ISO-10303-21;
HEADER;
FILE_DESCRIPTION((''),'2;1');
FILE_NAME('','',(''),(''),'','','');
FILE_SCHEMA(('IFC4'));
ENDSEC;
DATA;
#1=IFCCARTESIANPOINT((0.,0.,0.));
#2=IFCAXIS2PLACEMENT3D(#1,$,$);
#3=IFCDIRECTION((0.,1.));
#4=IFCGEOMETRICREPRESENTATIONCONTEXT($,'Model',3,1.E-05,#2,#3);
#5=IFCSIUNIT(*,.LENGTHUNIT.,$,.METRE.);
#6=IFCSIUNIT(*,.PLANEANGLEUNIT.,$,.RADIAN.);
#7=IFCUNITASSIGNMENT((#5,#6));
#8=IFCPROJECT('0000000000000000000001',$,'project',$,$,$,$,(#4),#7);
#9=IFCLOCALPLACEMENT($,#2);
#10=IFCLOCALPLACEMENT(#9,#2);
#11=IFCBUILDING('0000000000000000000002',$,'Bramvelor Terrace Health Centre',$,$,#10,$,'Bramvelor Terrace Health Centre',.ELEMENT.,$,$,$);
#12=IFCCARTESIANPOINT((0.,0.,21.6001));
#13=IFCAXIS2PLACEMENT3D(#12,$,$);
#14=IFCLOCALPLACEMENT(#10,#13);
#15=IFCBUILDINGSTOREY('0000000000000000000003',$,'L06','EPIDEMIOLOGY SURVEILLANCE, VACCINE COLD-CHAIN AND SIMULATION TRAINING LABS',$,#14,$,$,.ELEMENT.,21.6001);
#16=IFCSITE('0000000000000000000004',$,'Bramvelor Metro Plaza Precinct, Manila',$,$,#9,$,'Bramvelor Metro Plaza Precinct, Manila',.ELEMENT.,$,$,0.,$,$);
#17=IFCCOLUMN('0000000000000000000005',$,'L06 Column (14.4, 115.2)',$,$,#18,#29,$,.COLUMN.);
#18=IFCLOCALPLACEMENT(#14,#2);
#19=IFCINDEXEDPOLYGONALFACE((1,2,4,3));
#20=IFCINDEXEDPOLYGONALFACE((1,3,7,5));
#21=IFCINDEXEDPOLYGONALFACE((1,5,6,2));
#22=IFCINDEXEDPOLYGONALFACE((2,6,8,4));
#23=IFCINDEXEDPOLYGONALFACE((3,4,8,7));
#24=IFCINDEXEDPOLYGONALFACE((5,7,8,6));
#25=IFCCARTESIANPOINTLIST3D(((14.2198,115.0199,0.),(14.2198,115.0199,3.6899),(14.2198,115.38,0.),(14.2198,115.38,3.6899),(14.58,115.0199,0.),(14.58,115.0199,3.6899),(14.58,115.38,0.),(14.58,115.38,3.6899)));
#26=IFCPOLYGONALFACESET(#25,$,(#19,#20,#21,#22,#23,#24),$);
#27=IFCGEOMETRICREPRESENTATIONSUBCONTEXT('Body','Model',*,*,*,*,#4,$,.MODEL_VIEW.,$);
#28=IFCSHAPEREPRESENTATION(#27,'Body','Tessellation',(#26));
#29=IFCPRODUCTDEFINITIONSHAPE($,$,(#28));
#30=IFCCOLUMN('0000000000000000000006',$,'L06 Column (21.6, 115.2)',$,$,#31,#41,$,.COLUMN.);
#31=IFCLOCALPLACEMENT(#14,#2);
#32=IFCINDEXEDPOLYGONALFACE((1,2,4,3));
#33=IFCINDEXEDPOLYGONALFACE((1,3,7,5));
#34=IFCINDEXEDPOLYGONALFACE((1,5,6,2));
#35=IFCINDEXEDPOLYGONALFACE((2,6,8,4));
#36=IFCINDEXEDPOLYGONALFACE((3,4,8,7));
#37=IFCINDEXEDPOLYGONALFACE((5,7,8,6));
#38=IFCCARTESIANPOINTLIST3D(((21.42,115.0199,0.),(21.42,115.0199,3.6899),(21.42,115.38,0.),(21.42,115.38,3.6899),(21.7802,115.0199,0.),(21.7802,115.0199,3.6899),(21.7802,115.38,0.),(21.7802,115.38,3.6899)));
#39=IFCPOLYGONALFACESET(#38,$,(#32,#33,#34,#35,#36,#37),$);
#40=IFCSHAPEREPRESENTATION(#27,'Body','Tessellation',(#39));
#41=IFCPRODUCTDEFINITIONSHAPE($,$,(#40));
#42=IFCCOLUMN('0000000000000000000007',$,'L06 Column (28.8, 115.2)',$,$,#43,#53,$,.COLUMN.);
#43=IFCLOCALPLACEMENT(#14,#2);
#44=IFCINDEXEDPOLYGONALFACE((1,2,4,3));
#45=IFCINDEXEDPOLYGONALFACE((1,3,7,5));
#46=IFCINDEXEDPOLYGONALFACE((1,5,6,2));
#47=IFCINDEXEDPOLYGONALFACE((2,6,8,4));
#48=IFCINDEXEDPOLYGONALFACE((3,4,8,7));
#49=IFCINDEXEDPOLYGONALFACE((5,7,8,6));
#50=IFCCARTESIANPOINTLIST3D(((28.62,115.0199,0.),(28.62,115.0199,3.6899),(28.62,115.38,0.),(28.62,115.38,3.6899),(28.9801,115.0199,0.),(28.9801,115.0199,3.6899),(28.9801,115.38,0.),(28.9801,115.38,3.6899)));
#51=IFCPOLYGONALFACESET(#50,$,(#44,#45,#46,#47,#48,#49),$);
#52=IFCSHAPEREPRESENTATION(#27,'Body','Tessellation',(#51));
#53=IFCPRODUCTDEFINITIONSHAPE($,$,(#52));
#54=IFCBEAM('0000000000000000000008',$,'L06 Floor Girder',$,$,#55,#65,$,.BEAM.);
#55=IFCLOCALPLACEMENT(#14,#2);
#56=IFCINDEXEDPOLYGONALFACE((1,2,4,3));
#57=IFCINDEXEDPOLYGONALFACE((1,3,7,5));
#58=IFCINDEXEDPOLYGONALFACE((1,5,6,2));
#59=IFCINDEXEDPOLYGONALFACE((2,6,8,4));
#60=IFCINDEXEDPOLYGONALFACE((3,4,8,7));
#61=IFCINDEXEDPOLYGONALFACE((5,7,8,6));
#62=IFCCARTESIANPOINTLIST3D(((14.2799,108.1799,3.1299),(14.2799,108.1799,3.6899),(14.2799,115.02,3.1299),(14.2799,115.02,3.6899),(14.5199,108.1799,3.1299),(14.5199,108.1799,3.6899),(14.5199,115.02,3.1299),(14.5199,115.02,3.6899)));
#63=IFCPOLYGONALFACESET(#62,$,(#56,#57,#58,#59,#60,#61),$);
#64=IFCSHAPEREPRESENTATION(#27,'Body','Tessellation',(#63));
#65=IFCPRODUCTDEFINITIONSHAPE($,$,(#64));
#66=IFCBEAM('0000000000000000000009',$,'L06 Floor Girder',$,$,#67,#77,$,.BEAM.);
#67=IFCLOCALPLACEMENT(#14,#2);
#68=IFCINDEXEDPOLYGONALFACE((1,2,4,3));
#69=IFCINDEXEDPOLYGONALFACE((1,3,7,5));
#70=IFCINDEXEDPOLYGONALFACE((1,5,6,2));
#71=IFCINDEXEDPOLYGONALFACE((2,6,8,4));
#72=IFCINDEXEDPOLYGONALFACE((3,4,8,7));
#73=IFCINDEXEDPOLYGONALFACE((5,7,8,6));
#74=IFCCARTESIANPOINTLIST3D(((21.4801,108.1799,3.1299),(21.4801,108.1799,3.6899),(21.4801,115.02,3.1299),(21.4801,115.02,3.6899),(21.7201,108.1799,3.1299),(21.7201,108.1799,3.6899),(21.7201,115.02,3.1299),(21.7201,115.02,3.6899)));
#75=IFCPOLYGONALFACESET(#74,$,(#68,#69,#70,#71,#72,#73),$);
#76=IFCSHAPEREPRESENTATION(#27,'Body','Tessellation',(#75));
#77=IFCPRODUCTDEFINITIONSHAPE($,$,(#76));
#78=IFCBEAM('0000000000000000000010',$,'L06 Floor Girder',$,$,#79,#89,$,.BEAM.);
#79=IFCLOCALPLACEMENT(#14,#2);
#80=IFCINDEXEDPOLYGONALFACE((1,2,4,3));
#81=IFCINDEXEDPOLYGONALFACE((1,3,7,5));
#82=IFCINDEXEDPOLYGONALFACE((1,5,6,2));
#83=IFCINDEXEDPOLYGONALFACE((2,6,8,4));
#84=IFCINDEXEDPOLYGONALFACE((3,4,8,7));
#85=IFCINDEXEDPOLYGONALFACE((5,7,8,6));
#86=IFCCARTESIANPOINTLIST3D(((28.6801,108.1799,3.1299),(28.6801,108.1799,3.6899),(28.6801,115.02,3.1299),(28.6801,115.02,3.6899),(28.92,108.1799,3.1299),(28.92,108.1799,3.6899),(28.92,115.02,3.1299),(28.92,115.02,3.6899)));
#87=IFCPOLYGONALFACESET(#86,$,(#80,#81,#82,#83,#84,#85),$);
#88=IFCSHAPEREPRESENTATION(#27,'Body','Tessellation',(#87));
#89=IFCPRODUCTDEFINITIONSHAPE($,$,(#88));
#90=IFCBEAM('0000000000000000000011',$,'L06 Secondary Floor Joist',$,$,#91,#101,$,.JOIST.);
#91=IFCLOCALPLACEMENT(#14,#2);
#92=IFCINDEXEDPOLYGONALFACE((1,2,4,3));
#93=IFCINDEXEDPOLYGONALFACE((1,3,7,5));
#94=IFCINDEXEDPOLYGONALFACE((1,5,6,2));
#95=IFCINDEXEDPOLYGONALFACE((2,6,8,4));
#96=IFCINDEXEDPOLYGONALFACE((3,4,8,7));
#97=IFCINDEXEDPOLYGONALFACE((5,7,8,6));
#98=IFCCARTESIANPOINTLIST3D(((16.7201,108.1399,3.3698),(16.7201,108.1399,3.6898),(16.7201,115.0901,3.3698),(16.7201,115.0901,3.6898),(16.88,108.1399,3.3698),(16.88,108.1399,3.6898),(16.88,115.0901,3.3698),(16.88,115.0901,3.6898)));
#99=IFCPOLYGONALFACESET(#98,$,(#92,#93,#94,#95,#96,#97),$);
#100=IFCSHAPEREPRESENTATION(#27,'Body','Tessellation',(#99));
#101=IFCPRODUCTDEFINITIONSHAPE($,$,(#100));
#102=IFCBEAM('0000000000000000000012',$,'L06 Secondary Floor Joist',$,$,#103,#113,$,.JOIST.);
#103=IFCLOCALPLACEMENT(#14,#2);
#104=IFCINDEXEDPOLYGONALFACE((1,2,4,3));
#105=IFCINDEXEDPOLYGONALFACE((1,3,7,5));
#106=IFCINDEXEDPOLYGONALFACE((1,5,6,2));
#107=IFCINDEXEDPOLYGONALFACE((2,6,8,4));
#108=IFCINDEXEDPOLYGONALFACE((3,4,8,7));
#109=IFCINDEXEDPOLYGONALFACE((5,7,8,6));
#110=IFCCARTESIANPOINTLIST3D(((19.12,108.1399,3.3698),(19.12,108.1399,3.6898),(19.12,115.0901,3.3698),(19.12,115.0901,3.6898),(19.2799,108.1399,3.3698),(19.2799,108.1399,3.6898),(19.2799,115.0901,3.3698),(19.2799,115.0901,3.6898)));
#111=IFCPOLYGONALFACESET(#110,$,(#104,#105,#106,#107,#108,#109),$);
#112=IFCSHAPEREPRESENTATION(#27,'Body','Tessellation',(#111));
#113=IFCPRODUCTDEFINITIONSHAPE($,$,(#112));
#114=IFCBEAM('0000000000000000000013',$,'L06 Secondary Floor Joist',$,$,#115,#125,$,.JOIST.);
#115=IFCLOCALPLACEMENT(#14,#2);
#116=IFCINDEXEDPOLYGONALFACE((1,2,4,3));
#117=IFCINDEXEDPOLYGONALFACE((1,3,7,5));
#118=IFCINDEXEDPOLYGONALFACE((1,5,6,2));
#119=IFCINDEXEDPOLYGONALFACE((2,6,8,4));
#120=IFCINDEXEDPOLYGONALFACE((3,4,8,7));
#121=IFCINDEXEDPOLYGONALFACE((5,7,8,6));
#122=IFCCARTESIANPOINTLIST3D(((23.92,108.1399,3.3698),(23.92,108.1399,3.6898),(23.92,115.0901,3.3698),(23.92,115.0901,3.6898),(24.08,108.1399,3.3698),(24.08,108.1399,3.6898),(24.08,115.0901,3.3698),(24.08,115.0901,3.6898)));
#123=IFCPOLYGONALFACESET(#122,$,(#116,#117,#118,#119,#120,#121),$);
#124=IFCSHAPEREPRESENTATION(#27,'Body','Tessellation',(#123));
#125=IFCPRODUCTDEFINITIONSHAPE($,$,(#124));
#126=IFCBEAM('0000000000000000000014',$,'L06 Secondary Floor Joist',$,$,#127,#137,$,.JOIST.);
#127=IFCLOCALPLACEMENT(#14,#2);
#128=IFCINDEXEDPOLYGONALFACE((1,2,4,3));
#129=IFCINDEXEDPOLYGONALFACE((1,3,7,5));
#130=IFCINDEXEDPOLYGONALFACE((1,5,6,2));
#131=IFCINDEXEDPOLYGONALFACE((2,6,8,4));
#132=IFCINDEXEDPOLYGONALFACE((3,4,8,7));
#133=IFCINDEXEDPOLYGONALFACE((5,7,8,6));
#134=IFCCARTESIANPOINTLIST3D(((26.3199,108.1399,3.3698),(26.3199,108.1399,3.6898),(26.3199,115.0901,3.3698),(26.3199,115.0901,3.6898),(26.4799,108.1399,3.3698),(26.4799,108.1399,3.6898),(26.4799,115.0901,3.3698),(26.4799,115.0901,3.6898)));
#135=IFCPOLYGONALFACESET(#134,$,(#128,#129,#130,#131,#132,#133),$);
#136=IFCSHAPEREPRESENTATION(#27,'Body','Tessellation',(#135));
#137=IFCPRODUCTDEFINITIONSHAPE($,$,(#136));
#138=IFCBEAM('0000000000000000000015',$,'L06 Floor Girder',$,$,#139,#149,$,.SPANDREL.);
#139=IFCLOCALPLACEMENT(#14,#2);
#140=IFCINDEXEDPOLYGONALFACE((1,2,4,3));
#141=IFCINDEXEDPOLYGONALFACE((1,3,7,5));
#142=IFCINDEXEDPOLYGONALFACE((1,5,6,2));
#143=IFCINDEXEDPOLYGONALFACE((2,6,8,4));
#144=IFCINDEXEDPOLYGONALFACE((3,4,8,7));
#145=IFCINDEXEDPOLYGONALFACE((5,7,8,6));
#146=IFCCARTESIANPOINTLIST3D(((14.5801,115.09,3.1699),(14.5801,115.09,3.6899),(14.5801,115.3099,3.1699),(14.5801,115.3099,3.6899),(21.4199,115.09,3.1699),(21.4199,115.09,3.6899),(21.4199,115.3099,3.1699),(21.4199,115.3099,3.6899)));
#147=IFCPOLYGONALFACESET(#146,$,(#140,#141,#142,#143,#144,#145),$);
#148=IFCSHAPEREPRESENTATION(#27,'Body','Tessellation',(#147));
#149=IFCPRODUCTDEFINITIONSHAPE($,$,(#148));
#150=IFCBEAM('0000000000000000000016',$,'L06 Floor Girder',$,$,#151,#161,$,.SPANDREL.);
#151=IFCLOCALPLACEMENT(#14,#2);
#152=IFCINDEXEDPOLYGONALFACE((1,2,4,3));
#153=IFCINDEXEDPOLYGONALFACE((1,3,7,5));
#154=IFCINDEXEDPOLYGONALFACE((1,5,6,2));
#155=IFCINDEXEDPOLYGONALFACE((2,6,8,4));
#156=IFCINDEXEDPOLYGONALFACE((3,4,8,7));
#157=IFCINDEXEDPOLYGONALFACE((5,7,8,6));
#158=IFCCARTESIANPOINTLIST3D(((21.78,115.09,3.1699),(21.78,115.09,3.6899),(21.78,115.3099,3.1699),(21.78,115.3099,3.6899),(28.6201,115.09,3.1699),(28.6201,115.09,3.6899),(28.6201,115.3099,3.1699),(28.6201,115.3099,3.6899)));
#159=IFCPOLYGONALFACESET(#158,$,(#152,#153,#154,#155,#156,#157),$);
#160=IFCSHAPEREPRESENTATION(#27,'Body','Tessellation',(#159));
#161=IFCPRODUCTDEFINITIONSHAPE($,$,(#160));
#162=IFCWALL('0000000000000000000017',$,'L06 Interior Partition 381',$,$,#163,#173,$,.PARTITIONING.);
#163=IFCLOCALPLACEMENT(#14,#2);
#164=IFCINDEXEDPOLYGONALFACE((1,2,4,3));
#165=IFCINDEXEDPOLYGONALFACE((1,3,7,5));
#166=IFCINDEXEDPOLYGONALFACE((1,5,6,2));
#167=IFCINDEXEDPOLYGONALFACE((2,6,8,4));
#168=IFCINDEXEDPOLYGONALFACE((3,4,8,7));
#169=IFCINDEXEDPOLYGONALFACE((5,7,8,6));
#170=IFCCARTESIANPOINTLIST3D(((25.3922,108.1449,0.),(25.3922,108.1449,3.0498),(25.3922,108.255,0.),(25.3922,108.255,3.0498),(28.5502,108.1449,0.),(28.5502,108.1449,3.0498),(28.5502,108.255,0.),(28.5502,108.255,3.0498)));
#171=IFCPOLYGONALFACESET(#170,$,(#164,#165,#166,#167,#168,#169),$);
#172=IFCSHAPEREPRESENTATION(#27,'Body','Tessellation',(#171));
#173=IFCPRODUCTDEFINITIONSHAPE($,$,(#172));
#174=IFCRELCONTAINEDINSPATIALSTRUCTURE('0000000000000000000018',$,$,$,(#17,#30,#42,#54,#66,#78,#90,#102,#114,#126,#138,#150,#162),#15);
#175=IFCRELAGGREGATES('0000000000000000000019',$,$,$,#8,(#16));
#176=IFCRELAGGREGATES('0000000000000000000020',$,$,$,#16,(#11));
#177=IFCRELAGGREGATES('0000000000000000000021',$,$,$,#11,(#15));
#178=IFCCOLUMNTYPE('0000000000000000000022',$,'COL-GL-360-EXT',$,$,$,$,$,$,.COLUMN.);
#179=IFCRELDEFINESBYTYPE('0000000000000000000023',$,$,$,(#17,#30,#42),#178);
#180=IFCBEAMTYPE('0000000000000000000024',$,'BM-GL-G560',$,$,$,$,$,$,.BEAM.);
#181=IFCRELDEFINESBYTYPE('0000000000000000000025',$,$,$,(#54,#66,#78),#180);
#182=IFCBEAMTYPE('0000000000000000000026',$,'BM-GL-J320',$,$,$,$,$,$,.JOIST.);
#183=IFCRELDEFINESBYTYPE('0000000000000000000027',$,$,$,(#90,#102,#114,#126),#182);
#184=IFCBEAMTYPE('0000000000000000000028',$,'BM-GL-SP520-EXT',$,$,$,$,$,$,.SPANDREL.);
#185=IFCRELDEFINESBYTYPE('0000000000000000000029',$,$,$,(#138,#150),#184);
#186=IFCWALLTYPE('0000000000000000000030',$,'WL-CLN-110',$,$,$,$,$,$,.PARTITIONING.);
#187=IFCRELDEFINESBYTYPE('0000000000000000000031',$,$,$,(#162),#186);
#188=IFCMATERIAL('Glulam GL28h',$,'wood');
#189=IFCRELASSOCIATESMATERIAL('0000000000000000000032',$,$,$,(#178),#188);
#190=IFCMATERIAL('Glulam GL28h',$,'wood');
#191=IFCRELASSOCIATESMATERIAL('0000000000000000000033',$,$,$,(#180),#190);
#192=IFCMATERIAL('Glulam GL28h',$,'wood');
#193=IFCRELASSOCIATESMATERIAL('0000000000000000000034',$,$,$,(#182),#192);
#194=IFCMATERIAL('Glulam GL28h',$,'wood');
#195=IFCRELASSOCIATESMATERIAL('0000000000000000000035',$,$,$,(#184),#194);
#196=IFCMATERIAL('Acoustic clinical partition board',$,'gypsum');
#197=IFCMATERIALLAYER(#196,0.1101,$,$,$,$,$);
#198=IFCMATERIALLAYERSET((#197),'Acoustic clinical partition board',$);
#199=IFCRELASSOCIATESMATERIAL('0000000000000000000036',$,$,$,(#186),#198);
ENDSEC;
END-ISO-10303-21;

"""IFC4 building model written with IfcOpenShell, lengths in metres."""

from ifc_helpers import new_model, si_unit, direction, frame, frame_2d, origin, origin_2d, place, context, subcontext, project, spatial, rectangle, extrude, material, layer, layer_set, material_profile, profile_set, type_object, element, save


model = new_model("IFC4")

# Units and contexts
model_context = context("Model", 3, precision=1e-05, world=origin(), true_north=direction((0.0, 1.0)))
body_context = subcontext(model_context, "Body", "Model", "MODEL_VIEW")
ifc_project = project(units=[si_unit("LENGTHUNIT", "METRE"), si_unit("PLANEANGLEUNIT", "RADIAN")], contexts=[model_context])

# Site, building, storey
site_placement = place(None, origin())
site = spatial("IfcSite", under=ifc_project, at=site_placement, Name="Bramvelor Metro Plaza Precinct, Manila", LongName="Bramvelor Metro Plaza Precinct, Manila", CompositionType="ELEMENT", RefElevation=0.0)
building_placement = place(site_placement, origin())
building = spatial("IfcBuilding", under=site, at=building_placement, Name="Bramvelor Terrace Health Centre", LongName="Bramvelor Terrace Health Centre", CompositionType="ELEMENT")
storey_placement = place(building_placement, frame((0.0, 0.0, 21.6001)))
storey = spatial("IfcBuildingStorey", under=building, at=storey_placement, Name="L06", Description="EPIDEMIOLOGY SURVEILLANCE, VACCINE COLD-CHAIN AND SIMULATION TRAINING LABS", CompositionType="ELEMENT", Elevation=21.6001)

# Columns
ifc_material_1 = material(Name="Glulam GL28h", Category="wood")
ifc_material_profile_1 = material_profile(ifc_material_1, rectangle(XDim=0.3601, YDim=0.3601, at=origin_2d()), Name="GL 360x360")
ifc_profile_set_1 = profile_set([ifc_material_profile_1], Name="Glulam GL28h")
column_type = type_object("IfcColumnType", Name="COL-GL-360-EXT", PredefinedType="COLUMN", material=ifc_profile_set_1)
for number, where, z_axis, x_axis, name in (
    (1, (14.3999, 115.2, 0.0), (0.0, 0.0, 1.0), (1.0, 0.0, 0.0), "L06 Column (14.4, 115.2)"),
    (2, (21.6001, 115.2, 0.0), (0.0, 0.0, 1.0), (1.0, 0.0, 0.0), "L06 Column (21.6, 115.2)"),
    (3, (28.8, 115.2, 0.0), (0.0, 0.0, 1.0), (1.0, 0.0, 0.0), "L06 Column (28.8, 115.2)"),
):
    element("IfcColumn", number, at=place(storey_placement, frame(where, z_axis=z_axis, x_axis=x_axis)), inside=storey, type_object=column_type, Name=name, PredefinedType="COLUMN", context=body_context, shape_type="SweptSolid", body=[
        extrude(rectangle(XDim=0.3601, YDim=0.3601, at=origin_2d()), origin(), (0.0, 0.0, 1.0), 3.6899),
    ])

# Beams
ifc_material_2 = material(Name="Glulam GL28h", Category="wood")
ifc_material_profile_2 = material_profile(ifc_material_2, rectangle(XDim=0.24, YDim=0.5601, at=origin_2d()), Name="GL 240x560")
ifc_profile_set_2 = profile_set([ifc_material_profile_2], Name="Glulam GL28h")
beam_type_1 = type_object("IfcBeamType", Name="BM-GL-G560", PredefinedType="BEAM", material=ifc_profile_set_2)
for number, where, z_axis, x_axis, name in (
    (4, (14.3999, 108.1799, 3.4099), (0.0, 1.0, 0.0), (-1.0, 0.0, 0.0), "L06 Floor Girder"),
    (5, (21.6001, 108.1799, 3.4099), (0.0, 1.0, 0.0), (-1.0, 0.0, 0.0), "L06 Floor Girder"),
    (6, (28.8, 108.1799, 3.4099), (0.0, 1.0, 0.0), (-1.0, 0.0, 0.0), "L06 Floor Girder"),
):
    element("IfcBeam", number, at=place(storey_placement, frame(where, z_axis=z_axis, x_axis=x_axis)), inside=storey, type_object=beam_type_1, Name=name, PredefinedType="BEAM", context=body_context, shape_type="SweptSolid", body=[
        extrude(rectangle(XDim=0.24, YDim=0.5601, at=origin_2d()), origin(), (0.0, 0.0, 1.0), 6.8401),
    ])
ifc_material_3 = material(Name="Glulam GL28h", Category="wood")
ifc_material_profile_3 = material_profile(ifc_material_3, rectangle(XDim=0.1599, YDim=0.3201, at=origin_2d()), Name="GL 160x320")
ifc_profile_set_3 = profile_set([ifc_material_profile_3], Name="Glulam GL28h")
beam_type_2 = type_object("IfcBeamType", Name="BM-GL-J320", PredefinedType="JOIST", material=ifc_profile_set_3)
for number, where, z_axis, x_axis, name in (
    (7, (16.8, 108.1399, 3.5298), (0.0, 1.0, 0.0), (-1.0, 0.0, 0.0), "L06 Secondary Floor Joist"),
    (8, (19.2, 108.1399, 3.5298), (0.0, 1.0, 0.0), (-1.0, 0.0, 0.0), "L06 Secondary Floor Joist"),
    (9, (24.0, 108.1399, 3.5298), (0.0, 1.0, 0.0), (-1.0, 0.0, 0.0), "L06 Secondary Floor Joist"),
    (10, (26.3999, 108.1399, 3.5298), (0.0, 1.0, 0.0), (-1.0, 0.0, 0.0), "L06 Secondary Floor Joist"),
):
    element("IfcBeam", number, at=place(storey_placement, frame(where, z_axis=z_axis, x_axis=x_axis)), inside=storey, type_object=beam_type_2, Name=name, PredefinedType="JOIST", context=body_context, shape_type="SweptSolid", body=[
        extrude(rectangle(XDim=0.1599, YDim=0.3201, at=origin_2d()), origin(), (0.0, 0.0, 1.0), 6.9502),
    ])
ifc_material_4 = material(Name="Glulam GL28h", Category="wood")
ifc_material_profile_4 = material_profile(ifc_material_4, rectangle(XDim=0.22, YDim=0.52, at=origin_2d()), Name="GL 220x520")
ifc_profile_set_4 = profile_set([ifc_material_profile_4], Name="Glulam GL28h")
beam_type_3 = type_object("IfcBeamType", Name="BM-GL-SP520-EXT", PredefinedType="SPANDREL", material=ifc_profile_set_4)
beam_1_placement = place(storey_placement, frame((14.5801, 115.2, 3.4299), z_axis=(1.0, 0.0, 0.0), x_axis=(0.0, 1.0, 0.0)))
element("IfcBeam", 11, at=beam_1_placement, inside=storey, type_object=beam_type_3, Name="L06 Floor Girder", PredefinedType="SPANDREL", context=body_context, shape_type="SweptSolid", body=[
    extrude(rectangle(XDim=0.22, YDim=0.52, at=origin_2d()), origin(), (0.0, 0.0, 1.0), 6.8398),
])
beam_2_placement = place(storey_placement, frame((21.78, 115.2, 3.4299), z_axis=(1.0, 0.0, 0.0), x_axis=(0.0, 1.0, 0.0)))
element("IfcBeam", 12, at=beam_2_placement, inside=storey, type_object=beam_type_3, Name="L06 Floor Girder", PredefinedType="SPANDREL", context=body_context, shape_type="SweptSolid", body=[
    extrude(rectangle(XDim=0.22, YDim=0.52, at=origin_2d()), origin(), (0.0, 0.0, 1.0), 6.8401),
])

# Wall
ifc_material_5 = material(Name="Acoustic clinical partition board", Category="gypsum")
ifc_layer_1 = layer(ifc_material_5, 0.1101)
ifc_layer_set_1 = layer_set([ifc_layer_1], Name="Acoustic clinical partition board")
wall_type_1 = type_object("IfcWallType", Name="WL-CLN-110", PredefinedType="PARTITIONING", material=ifc_layer_set_1)
wall_1_placement = place(storey_placement, frame((25.3921, 108.2, 0.0), z_axis=(0.0, 0.0, 1.0), x_axis=(1.0, 0.0, 0.0)))
element("IfcWall", 13, at=wall_1_placement, inside=storey, type_object=wall_type_1, Name="L06 Interior Partition 381", PredefinedType="PARTITIONING", context=body_context, shape_type="SweptSolid", body=[
    extrude(rectangle(XDim=3.158, YDim=0.1101, at=frame_2d((1.5791, 0.0))), origin(), (0.0, 0.0, 1.0), 3.0498),
])

save(model, "model.ifc")
